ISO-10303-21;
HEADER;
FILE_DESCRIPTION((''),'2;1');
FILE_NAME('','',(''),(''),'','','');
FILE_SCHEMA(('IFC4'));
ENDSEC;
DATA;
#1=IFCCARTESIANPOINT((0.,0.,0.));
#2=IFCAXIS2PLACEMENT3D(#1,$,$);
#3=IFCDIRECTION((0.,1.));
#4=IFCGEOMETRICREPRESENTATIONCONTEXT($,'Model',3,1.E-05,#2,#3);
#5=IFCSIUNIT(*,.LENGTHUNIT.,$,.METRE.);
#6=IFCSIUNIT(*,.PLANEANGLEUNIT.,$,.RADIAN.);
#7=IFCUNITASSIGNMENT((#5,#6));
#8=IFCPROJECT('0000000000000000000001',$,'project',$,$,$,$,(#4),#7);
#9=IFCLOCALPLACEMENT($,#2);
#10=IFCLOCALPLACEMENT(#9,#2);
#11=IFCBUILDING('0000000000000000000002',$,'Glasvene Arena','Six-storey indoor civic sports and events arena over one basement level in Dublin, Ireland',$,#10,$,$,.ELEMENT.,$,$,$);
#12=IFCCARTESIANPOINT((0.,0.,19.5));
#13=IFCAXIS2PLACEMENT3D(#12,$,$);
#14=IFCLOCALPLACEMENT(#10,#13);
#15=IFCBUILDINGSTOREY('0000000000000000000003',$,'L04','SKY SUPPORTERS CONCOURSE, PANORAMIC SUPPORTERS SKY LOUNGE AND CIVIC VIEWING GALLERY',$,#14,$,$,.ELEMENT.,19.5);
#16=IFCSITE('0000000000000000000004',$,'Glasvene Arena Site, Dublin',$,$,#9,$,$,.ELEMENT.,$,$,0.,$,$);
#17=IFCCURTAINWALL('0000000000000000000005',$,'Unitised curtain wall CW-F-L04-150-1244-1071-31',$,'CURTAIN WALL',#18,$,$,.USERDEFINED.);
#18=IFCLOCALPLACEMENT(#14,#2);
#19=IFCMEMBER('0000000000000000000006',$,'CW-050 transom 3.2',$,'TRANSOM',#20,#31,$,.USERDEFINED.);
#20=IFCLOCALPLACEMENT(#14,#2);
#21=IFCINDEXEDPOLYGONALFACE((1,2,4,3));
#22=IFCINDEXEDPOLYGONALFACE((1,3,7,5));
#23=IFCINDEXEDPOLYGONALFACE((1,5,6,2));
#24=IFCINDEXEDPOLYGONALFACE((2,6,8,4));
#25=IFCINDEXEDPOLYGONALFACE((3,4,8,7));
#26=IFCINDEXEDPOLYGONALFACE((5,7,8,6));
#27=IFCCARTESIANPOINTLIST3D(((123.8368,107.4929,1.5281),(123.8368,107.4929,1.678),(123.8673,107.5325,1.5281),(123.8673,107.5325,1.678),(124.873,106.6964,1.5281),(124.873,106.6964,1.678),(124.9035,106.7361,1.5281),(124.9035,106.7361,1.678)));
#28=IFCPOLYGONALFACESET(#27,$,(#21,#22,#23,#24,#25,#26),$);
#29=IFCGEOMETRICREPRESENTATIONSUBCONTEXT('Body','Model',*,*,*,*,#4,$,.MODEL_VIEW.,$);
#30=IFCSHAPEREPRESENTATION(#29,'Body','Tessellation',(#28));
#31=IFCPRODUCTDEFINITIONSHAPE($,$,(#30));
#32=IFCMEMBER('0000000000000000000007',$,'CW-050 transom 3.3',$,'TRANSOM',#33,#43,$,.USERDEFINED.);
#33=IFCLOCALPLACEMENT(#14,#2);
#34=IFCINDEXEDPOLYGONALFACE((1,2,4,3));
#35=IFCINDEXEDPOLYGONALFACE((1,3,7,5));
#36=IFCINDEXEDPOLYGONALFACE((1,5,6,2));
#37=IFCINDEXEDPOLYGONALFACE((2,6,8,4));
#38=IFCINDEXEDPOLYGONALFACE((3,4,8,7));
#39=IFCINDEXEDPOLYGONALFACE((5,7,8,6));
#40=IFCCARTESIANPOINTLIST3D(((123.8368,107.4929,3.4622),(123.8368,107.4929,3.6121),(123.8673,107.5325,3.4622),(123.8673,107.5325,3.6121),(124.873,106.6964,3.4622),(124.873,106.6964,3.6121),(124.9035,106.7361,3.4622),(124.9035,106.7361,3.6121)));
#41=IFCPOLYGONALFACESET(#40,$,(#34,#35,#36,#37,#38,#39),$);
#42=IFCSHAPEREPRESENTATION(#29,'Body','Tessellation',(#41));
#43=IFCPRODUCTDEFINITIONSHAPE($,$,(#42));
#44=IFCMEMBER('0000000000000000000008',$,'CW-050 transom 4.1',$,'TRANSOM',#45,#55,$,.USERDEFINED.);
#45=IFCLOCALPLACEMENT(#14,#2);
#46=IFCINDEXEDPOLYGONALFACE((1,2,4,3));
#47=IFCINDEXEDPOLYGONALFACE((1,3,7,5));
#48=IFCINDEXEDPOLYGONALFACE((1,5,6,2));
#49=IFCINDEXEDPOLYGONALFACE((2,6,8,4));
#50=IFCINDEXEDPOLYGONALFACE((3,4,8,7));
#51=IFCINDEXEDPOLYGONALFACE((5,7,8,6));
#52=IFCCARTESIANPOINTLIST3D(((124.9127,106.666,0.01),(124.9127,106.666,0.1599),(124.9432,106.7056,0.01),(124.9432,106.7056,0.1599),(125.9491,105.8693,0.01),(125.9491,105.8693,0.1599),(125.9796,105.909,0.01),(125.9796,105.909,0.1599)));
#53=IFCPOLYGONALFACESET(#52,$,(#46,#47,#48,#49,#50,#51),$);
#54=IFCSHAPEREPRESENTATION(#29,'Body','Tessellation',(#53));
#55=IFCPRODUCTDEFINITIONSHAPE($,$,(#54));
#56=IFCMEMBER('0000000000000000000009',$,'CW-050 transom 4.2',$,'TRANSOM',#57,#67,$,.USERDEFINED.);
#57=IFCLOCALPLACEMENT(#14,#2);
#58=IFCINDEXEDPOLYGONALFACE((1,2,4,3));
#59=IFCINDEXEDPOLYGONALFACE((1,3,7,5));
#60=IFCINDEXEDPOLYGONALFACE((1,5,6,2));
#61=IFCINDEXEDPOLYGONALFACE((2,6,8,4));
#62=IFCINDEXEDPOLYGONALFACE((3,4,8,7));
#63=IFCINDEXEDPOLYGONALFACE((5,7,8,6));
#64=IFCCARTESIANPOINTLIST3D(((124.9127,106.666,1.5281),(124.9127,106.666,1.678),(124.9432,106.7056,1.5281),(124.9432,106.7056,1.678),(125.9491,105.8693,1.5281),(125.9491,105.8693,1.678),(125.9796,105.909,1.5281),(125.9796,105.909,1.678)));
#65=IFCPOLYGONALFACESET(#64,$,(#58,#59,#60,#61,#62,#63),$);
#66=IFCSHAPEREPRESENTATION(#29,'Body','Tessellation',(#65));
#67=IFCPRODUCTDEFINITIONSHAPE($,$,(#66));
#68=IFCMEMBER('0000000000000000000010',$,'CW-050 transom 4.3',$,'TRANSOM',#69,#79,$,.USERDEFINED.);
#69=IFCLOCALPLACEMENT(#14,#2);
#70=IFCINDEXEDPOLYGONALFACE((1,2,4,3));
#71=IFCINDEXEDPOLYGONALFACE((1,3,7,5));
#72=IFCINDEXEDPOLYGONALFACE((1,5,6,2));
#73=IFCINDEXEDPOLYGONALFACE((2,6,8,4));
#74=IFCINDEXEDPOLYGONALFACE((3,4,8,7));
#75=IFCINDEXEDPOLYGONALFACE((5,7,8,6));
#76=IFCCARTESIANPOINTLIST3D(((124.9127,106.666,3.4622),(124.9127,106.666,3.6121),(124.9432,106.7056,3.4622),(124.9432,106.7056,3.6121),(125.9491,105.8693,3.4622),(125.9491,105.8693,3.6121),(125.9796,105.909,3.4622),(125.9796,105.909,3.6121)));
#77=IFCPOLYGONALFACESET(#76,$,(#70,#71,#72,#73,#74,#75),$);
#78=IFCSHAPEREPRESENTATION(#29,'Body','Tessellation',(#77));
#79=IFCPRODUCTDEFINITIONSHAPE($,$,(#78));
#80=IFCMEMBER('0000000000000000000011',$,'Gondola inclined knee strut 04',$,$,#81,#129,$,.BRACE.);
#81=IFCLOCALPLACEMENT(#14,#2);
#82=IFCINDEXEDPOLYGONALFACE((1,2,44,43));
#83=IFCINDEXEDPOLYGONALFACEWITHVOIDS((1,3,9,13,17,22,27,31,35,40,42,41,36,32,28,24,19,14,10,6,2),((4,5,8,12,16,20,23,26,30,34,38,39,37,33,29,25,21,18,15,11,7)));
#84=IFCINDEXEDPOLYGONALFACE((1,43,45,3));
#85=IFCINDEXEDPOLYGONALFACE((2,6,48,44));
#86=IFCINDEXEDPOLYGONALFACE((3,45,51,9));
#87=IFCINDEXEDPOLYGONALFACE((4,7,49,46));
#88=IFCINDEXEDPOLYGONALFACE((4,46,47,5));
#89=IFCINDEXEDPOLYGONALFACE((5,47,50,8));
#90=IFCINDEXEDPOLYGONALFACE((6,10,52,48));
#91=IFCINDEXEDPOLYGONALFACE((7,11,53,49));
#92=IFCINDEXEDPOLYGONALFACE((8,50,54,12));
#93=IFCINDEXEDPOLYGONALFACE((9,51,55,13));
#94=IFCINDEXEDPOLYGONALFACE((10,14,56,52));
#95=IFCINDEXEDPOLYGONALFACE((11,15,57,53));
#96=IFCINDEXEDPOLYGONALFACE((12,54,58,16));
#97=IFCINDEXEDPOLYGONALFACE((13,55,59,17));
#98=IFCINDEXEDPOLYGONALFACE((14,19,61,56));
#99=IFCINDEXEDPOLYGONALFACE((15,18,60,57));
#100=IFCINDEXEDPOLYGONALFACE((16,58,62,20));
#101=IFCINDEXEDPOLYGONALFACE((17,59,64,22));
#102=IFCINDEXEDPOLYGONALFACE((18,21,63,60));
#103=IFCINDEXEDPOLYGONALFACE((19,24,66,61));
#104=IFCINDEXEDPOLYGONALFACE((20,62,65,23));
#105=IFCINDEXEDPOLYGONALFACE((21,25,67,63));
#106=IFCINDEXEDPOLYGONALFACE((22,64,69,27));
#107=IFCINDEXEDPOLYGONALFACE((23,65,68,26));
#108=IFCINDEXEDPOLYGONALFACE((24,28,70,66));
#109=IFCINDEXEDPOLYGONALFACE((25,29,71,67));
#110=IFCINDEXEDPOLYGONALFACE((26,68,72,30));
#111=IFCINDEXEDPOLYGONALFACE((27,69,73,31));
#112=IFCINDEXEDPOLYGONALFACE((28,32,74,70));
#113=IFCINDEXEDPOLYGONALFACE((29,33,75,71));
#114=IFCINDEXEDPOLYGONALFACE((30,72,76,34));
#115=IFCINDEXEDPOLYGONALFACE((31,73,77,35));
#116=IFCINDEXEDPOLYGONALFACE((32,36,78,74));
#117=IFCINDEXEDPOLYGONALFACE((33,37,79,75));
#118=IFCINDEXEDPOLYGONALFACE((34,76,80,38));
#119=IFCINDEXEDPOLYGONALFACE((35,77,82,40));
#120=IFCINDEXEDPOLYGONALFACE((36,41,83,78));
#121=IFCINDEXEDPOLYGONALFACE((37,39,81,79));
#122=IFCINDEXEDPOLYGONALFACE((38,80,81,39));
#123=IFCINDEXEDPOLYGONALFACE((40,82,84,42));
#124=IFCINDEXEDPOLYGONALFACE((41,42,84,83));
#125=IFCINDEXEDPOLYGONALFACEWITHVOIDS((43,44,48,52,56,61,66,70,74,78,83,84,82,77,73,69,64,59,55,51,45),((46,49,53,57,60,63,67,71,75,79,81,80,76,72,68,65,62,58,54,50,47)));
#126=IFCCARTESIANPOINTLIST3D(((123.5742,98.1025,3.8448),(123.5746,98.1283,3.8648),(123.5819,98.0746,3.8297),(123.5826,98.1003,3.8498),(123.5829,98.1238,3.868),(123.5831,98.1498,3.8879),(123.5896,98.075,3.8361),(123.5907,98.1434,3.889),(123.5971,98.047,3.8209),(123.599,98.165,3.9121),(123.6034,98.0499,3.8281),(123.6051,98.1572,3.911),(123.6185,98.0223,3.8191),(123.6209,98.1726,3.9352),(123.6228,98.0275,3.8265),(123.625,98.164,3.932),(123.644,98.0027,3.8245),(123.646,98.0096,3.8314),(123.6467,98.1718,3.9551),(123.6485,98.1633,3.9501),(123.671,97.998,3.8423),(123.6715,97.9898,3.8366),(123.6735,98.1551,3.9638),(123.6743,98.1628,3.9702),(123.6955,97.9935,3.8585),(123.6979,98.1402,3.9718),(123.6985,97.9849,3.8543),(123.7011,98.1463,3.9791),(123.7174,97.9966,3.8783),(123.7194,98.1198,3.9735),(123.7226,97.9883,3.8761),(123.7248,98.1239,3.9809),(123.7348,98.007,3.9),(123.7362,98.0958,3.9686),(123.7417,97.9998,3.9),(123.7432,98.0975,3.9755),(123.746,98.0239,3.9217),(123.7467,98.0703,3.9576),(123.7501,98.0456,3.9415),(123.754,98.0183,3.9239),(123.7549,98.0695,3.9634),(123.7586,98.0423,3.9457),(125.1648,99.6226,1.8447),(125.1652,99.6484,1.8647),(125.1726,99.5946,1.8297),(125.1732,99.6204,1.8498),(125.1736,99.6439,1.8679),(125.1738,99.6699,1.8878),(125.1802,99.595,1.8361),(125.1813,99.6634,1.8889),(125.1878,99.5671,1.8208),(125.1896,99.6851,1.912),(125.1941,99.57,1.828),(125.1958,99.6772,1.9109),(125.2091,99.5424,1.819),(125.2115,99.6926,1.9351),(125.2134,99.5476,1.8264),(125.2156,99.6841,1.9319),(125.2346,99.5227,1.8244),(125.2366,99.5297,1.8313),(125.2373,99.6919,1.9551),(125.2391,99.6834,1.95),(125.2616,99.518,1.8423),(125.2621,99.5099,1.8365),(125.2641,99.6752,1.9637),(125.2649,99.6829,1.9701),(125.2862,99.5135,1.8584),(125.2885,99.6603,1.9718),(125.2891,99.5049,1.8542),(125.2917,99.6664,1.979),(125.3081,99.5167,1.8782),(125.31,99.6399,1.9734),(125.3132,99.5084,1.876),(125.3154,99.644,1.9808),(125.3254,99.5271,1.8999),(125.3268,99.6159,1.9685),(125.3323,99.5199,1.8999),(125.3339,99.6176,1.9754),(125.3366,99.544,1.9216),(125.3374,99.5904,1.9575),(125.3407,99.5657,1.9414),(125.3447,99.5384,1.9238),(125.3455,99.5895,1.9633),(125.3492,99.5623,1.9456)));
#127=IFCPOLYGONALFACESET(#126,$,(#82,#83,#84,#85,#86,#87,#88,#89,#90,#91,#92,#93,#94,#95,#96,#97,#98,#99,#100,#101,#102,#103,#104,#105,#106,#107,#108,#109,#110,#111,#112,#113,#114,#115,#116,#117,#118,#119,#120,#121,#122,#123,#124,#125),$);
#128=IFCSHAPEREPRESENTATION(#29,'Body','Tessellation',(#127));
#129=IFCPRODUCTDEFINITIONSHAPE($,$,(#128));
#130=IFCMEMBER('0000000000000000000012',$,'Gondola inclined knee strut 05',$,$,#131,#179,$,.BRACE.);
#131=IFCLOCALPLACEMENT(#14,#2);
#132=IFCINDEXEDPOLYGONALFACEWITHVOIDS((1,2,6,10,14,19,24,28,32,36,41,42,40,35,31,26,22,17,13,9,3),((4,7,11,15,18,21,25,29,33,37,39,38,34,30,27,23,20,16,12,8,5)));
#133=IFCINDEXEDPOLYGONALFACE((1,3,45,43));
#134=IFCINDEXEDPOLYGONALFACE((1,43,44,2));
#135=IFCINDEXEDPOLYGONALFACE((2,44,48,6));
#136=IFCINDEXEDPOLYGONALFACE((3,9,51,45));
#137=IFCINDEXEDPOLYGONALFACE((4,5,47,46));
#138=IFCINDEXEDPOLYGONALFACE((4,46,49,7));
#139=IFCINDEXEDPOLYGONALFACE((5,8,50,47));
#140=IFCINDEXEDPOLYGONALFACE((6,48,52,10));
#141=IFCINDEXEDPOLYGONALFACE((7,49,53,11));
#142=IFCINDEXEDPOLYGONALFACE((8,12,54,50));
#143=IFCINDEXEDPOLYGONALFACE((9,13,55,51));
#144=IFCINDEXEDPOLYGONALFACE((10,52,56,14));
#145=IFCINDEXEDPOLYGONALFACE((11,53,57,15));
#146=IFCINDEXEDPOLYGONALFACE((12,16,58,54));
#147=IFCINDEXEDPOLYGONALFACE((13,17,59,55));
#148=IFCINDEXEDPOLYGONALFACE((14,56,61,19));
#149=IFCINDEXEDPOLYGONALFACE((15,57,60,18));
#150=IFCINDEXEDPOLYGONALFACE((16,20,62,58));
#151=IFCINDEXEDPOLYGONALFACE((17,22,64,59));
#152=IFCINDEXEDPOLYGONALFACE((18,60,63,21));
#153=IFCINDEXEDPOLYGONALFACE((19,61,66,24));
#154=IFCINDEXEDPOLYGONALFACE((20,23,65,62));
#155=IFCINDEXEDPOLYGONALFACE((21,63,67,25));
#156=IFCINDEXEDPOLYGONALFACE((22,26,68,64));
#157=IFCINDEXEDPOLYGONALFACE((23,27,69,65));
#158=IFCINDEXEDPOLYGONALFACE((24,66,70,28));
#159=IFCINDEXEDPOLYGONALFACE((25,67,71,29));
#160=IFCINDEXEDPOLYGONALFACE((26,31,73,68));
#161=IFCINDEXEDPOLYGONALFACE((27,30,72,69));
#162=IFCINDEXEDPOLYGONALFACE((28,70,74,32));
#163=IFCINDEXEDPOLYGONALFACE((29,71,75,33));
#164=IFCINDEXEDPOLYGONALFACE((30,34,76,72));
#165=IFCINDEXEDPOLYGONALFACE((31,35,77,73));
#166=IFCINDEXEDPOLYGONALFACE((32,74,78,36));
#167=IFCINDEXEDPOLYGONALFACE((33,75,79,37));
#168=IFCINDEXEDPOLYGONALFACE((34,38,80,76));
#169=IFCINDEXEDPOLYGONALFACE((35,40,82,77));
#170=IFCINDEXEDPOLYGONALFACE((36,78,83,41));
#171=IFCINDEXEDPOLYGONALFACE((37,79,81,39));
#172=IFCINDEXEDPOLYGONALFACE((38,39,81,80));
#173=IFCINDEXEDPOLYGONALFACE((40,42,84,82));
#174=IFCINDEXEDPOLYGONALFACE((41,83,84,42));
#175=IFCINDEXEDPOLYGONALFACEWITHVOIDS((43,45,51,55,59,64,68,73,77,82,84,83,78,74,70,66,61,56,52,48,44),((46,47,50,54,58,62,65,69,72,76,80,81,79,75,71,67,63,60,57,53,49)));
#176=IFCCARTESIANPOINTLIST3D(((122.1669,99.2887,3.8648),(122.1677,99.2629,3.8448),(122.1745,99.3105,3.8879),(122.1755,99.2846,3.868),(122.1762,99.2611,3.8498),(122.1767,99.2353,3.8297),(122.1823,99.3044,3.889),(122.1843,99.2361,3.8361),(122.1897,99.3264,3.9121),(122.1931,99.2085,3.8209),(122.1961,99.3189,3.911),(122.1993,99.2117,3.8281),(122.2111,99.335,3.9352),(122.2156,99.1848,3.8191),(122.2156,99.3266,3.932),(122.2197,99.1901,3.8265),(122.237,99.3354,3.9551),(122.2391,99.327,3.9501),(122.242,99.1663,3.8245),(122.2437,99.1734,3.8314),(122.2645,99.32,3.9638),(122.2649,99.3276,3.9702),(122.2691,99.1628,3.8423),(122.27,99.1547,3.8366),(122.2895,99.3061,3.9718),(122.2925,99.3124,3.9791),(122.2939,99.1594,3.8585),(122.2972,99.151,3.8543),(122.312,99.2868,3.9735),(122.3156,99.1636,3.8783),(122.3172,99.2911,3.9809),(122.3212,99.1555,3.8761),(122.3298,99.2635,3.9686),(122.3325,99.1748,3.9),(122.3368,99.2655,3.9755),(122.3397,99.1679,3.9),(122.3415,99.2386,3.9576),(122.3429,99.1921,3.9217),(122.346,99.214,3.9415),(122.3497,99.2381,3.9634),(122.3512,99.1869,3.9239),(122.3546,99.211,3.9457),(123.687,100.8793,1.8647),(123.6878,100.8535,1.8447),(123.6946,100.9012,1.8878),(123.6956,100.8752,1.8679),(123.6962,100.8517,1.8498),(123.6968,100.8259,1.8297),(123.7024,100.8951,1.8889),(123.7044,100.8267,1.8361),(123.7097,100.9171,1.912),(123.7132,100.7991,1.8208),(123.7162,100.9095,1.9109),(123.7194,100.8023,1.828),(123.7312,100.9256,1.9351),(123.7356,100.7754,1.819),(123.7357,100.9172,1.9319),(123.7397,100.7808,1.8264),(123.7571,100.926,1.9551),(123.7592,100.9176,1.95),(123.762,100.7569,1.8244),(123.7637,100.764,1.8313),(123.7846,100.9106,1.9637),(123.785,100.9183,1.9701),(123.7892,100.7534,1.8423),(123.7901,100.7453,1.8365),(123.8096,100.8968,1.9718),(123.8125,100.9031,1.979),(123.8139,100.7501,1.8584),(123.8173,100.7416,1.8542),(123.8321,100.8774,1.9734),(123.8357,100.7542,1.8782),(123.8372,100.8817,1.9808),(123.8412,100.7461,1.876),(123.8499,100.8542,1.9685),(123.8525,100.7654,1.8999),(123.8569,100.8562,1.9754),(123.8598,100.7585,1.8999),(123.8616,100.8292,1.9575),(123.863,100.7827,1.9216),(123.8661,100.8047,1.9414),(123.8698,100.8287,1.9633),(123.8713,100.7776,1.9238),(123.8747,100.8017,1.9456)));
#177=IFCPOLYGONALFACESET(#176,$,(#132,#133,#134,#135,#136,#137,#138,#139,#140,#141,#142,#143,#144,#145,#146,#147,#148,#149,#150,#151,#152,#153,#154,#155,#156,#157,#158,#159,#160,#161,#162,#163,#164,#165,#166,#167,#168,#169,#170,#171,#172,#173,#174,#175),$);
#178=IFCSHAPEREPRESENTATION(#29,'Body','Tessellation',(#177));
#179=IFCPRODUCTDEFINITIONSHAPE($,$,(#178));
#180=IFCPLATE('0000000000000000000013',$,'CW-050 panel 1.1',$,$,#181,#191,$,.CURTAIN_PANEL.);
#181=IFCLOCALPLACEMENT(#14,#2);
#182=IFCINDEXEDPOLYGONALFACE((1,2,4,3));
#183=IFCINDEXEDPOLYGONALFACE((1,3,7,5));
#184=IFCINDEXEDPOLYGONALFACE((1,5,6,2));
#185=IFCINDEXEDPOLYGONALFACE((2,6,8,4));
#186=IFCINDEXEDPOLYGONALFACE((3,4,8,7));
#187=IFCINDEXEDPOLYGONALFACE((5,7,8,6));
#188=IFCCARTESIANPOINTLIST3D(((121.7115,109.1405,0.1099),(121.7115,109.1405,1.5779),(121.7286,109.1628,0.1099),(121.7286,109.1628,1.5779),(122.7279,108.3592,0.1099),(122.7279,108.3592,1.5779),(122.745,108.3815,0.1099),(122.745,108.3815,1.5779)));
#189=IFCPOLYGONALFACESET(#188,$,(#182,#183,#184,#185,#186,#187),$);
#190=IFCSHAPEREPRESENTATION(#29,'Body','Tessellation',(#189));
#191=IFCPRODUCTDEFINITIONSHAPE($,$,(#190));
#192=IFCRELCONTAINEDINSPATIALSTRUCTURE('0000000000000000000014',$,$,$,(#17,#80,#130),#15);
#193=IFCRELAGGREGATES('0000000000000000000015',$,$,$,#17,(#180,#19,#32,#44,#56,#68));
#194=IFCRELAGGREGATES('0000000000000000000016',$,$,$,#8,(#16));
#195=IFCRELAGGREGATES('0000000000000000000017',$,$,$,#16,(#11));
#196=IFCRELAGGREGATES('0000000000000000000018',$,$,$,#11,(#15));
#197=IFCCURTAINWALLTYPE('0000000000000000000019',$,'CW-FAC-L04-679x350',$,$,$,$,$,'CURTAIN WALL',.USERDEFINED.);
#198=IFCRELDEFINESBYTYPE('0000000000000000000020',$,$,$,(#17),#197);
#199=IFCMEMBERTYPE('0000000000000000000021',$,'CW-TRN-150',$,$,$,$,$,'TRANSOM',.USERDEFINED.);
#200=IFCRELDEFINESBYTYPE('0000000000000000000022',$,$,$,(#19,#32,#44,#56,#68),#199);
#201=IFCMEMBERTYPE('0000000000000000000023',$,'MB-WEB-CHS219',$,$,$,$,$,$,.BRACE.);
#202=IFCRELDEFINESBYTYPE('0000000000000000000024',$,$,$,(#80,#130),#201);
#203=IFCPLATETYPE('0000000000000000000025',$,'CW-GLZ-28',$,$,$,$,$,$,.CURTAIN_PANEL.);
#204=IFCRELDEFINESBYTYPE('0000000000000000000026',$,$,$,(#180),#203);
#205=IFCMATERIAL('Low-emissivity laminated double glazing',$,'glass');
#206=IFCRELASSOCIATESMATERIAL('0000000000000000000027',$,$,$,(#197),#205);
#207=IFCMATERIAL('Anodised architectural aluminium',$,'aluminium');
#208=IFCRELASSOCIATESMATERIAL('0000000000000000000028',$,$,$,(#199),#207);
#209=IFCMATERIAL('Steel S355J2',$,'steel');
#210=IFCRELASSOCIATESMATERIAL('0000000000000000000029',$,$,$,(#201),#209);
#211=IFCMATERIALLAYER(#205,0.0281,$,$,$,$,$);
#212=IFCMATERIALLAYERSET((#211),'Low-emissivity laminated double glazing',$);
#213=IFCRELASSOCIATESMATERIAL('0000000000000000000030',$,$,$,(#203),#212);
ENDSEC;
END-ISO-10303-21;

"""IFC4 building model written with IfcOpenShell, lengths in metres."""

from ifc_helpers import new_model, si_unit, direction, frame, origin, origin_2d, place, context, subcontext, project, spatial, rectangle, hollow_circle, extrude, material, layer, layer_set, material_profile, profile_set, type_object, element, aggregate, save


model = new_model("IFC4")

# Units and contexts
model_context = context("Model", 3, precision=1e-05, world=origin(), true_north=direction((0.0, 1.0)))
body_context = subcontext(model_context, "Body", "Model", "MODEL_VIEW")
ifc_project = project(units=[si_unit("LENGTHUNIT", "METRE"), si_unit("PLANEANGLEUNIT", "RADIAN")], contexts=[model_context])

# Site, building, storey
site_placement = place(None, origin())
site = spatial("IfcSite", under=ifc_project, at=site_placement, Name="Glasvene Arena Site, Dublin", CompositionType="ELEMENT", RefElevation=0.0)
building_placement = place(site_placement, origin())
building = spatial("IfcBuilding", under=site, at=building_placement, Name="Glasvene Arena", Description="Six-storey indoor civic sports and events arena over one basement level in Dublin, Ireland", CompositionType="ELEMENT")
storey_placement = place(building_placement, frame((0.0, 0.0, 19.5)))
storey = spatial("IfcBuildingStorey", under=building, at=storey_placement, Name="L04", Description="SKY SUPPORTERS CONCOURSE, PANORAMIC SUPPORTERS SKY LOUNGE AND CIVIC VIEWING GALLERY", CompositionType="ELEMENT", Elevation=19.5)

# Shared definitions
ifc_material_1 = material(Name="Steel S355J2", Category="steel")

# Curtain wall, members
ifc_material_2 = material(Name="Low-emissivity laminated double glazing", Category="glass")
curtain_wall_type = type_object("IfcCurtainWallType", Name="CW-FAC-L04-679x350", ElementType="CURTAIN WALL", PredefinedType="USERDEFINED", material=ifc_material_2)
curtain_wall_placement = place(storey_placement, frame((121.6804, 109.1821, 0.0)))
curtain_wall = element("IfcCurtainWall", 1, at=curtain_wall_placement, inside=storey, type_object=curtain_wall_type, Name="Unitised curtain wall CW-F-L04-150-1244-1071-31", ObjectType="CURTAIN WALL", PredefinedType="USERDEFINED")
ifc_material_3 = material(Name="Anodised architectural aluminium", Category="aluminium")
ifc_material_profile_1 = material_profile(ifc_material_3, rectangle(XDim=0.05, YDim=0.1499, at=origin_2d()), Name="ALU TRANSOM 50x150")
ifc_profile_set_1 = profile_set([ifc_material_profile_1], Name="Anodised architectural aluminium")
member_type_1 = type_object("IfcMemberType", Name="CW-TRN-150", ElementType="TRANSOM", PredefinedType="USERDEFINED", material=ifc_profile_set_1)
member_1_placement = place(storey_placement, frame((123.8521, 107.5127, 1.603), z_axis=(0.79286, -0.609404, 0.0), x_axis=(0.609404, 0.79286, 0.0)))
member_1 = element("IfcMember", 2, at=member_1_placement, type_object=member_type_1, Name="CW-050 transom 3.2", ObjectType="TRANSOM", PredefinedType="USERDEFINED", context=body_context, shape_type="SweptSolid", body=[
    extrude(rectangle(XDim=0.05, YDim=0.1499, at=origin_2d()), origin(), (0.0, 0.0, 1.0), 1.3069),
])
member_2_placement = place(storey_placement, frame((123.8521, 107.5127, 3.5371), z_axis=(0.79286, -0.609404, 0.0), x_axis=(0.609404, 0.79286, 0.0)))
member_2 = element("IfcMember", 3, at=member_2_placement, type_object=member_type_1, Name="CW-050 transom 3.3", ObjectType="TRANSOM", PredefinedType="USERDEFINED", context=body_context, shape_type="SweptSolid", body=[
    extrude(rectangle(XDim=0.05, YDim=0.1499, at=origin_2d()), origin(), (0.0, 0.0, 1.0), 1.3069),
])
member_3_placement = place(storey_placement, frame((124.928, 106.6858, 0.085), z_axis=(0.792839, -0.609431, 0.0), x_axis=(0.609431, 0.792839, 0.0)))
member_3 = element("IfcMember", 4, at=member_3_placement, type_object=member_type_1, Name="CW-050 transom 4.1", ObjectType="TRANSOM", PredefinedType="USERDEFINED", context=body_context, shape_type="SweptSolid", body=[
    extrude(rectangle(XDim=0.05, YDim=0.1499, at=origin_2d()), origin(), (0.0, 0.0, 1.0), 1.3071),
])
member_4_placement = place(storey_placement, frame((124.928, 106.6858, 1.603), z_axis=(0.792839, -0.609431, 0.0), x_axis=(0.609431, 0.792839, 0.0)))
member_4 = element("IfcMember", 5, at=member_4_placement, type_object=member_type_1, Name="CW-050 transom 4.2", ObjectType="TRANSOM", PredefinedType="USERDEFINED", context=body_context, shape_type="SweptSolid", body=[
    extrude(rectangle(XDim=0.05, YDim=0.1499, at=origin_2d()), origin(), (0.0, 0.0, 1.0), 1.3071),
])
member_5_placement = place(storey_placement, frame((124.928, 106.6858, 3.5371), z_axis=(0.792839, -0.609431, 0.0), x_axis=(0.609431, 0.792839, 0.0)))
member_5 = element("IfcMember", 6, at=member_5_placement, type_object=member_type_1, Name="CW-050 transom 4.3", ObjectType="TRANSOM", PredefinedType="USERDEFINED", context=body_context, shape_type="SweptSolid", body=[
    extrude(rectangle(XDim=0.05, YDim=0.1499, at=origin_2d()), origin(), (0.0, 0.0, 1.0), 1.3071),
])

# Members
ifc_material_profile_2 = material_profile(ifc_material_1, hollow_circle(Radius=0.1096, WallThickness=0.01, at=origin_2d()), Name="CHS 219.1x10.0")
ifc_profile_set_2 = profile_set([ifc_material_profile_2], Name="Steel S355J2")
member_type_2 = type_object("IfcMemberType", Name="MB-WEB-CHS219", PredefinedType="BRACE", material=ifc_profile_set_2)
for number, where, z_axis, x_axis, name in (
    (7, (125.2566, 99.5991, 1.8999), (-0.534957, -0.511227, 0.672658), (0.69089, -0.72296, 0.0), "Gondola inclined knee strut 04"),
    (8, (123.7805, 100.8342, 1.8999), (-0.511227, -0.534957, 0.672658), (0.72296, -0.69089, 0.0), "Gondola inclined knee strut 05"),
):
    element("IfcMember", number, at=place(storey_placement, frame(where, z_axis=z_axis, x_axis=x_axis)), inside=storey, type_object=member_type_2, Name=name, PredefinedType="BRACE", context=body_context, shape_type="SweptSolid", body=[
        extrude(hollow_circle(Radius=0.1096, WallThickness=0.01, at=origin_2d()), origin(), (0.0, 0.0, 1.0), 2.9734),
    ])

# Plate
ifc_layer_1 = layer(ifc_material_2, 0.0281)
ifc_layer_set_1 = layer_set([ifc_layer_1], Name="Low-emissivity laminated double glazing")
plate_type = type_object("IfcPlateType", Name="CW-GLZ-28", PredefinedType="CURTAIN_PANEL", material=ifc_layer_set_1)
plate_1_placement = place(storey_placement, frame((122.2283, 108.761, 0.1099), z_axis=(0.0, 0.0, 1.0), x_axis=(0.79284, -0.60943, 0.0)))
plate_1 = element("IfcPlate", 9, at=plate_1_placement, type_object=plate_type, Name="CW-050 panel 1.1", PredefinedType="CURTAIN_PANEL", context=body_context, shape_type="SweptSolid", body=[
    extrude(rectangle(XDim=1.282, YDim=0.0281, at=origin_2d()), origin(), (0.0, 0.0, 1.0), 1.468),
])
aggregate(curtain_wall, [plate_1, member_1, member_2, member_3, member_4, member_5])

save(model, "model.ifc")
